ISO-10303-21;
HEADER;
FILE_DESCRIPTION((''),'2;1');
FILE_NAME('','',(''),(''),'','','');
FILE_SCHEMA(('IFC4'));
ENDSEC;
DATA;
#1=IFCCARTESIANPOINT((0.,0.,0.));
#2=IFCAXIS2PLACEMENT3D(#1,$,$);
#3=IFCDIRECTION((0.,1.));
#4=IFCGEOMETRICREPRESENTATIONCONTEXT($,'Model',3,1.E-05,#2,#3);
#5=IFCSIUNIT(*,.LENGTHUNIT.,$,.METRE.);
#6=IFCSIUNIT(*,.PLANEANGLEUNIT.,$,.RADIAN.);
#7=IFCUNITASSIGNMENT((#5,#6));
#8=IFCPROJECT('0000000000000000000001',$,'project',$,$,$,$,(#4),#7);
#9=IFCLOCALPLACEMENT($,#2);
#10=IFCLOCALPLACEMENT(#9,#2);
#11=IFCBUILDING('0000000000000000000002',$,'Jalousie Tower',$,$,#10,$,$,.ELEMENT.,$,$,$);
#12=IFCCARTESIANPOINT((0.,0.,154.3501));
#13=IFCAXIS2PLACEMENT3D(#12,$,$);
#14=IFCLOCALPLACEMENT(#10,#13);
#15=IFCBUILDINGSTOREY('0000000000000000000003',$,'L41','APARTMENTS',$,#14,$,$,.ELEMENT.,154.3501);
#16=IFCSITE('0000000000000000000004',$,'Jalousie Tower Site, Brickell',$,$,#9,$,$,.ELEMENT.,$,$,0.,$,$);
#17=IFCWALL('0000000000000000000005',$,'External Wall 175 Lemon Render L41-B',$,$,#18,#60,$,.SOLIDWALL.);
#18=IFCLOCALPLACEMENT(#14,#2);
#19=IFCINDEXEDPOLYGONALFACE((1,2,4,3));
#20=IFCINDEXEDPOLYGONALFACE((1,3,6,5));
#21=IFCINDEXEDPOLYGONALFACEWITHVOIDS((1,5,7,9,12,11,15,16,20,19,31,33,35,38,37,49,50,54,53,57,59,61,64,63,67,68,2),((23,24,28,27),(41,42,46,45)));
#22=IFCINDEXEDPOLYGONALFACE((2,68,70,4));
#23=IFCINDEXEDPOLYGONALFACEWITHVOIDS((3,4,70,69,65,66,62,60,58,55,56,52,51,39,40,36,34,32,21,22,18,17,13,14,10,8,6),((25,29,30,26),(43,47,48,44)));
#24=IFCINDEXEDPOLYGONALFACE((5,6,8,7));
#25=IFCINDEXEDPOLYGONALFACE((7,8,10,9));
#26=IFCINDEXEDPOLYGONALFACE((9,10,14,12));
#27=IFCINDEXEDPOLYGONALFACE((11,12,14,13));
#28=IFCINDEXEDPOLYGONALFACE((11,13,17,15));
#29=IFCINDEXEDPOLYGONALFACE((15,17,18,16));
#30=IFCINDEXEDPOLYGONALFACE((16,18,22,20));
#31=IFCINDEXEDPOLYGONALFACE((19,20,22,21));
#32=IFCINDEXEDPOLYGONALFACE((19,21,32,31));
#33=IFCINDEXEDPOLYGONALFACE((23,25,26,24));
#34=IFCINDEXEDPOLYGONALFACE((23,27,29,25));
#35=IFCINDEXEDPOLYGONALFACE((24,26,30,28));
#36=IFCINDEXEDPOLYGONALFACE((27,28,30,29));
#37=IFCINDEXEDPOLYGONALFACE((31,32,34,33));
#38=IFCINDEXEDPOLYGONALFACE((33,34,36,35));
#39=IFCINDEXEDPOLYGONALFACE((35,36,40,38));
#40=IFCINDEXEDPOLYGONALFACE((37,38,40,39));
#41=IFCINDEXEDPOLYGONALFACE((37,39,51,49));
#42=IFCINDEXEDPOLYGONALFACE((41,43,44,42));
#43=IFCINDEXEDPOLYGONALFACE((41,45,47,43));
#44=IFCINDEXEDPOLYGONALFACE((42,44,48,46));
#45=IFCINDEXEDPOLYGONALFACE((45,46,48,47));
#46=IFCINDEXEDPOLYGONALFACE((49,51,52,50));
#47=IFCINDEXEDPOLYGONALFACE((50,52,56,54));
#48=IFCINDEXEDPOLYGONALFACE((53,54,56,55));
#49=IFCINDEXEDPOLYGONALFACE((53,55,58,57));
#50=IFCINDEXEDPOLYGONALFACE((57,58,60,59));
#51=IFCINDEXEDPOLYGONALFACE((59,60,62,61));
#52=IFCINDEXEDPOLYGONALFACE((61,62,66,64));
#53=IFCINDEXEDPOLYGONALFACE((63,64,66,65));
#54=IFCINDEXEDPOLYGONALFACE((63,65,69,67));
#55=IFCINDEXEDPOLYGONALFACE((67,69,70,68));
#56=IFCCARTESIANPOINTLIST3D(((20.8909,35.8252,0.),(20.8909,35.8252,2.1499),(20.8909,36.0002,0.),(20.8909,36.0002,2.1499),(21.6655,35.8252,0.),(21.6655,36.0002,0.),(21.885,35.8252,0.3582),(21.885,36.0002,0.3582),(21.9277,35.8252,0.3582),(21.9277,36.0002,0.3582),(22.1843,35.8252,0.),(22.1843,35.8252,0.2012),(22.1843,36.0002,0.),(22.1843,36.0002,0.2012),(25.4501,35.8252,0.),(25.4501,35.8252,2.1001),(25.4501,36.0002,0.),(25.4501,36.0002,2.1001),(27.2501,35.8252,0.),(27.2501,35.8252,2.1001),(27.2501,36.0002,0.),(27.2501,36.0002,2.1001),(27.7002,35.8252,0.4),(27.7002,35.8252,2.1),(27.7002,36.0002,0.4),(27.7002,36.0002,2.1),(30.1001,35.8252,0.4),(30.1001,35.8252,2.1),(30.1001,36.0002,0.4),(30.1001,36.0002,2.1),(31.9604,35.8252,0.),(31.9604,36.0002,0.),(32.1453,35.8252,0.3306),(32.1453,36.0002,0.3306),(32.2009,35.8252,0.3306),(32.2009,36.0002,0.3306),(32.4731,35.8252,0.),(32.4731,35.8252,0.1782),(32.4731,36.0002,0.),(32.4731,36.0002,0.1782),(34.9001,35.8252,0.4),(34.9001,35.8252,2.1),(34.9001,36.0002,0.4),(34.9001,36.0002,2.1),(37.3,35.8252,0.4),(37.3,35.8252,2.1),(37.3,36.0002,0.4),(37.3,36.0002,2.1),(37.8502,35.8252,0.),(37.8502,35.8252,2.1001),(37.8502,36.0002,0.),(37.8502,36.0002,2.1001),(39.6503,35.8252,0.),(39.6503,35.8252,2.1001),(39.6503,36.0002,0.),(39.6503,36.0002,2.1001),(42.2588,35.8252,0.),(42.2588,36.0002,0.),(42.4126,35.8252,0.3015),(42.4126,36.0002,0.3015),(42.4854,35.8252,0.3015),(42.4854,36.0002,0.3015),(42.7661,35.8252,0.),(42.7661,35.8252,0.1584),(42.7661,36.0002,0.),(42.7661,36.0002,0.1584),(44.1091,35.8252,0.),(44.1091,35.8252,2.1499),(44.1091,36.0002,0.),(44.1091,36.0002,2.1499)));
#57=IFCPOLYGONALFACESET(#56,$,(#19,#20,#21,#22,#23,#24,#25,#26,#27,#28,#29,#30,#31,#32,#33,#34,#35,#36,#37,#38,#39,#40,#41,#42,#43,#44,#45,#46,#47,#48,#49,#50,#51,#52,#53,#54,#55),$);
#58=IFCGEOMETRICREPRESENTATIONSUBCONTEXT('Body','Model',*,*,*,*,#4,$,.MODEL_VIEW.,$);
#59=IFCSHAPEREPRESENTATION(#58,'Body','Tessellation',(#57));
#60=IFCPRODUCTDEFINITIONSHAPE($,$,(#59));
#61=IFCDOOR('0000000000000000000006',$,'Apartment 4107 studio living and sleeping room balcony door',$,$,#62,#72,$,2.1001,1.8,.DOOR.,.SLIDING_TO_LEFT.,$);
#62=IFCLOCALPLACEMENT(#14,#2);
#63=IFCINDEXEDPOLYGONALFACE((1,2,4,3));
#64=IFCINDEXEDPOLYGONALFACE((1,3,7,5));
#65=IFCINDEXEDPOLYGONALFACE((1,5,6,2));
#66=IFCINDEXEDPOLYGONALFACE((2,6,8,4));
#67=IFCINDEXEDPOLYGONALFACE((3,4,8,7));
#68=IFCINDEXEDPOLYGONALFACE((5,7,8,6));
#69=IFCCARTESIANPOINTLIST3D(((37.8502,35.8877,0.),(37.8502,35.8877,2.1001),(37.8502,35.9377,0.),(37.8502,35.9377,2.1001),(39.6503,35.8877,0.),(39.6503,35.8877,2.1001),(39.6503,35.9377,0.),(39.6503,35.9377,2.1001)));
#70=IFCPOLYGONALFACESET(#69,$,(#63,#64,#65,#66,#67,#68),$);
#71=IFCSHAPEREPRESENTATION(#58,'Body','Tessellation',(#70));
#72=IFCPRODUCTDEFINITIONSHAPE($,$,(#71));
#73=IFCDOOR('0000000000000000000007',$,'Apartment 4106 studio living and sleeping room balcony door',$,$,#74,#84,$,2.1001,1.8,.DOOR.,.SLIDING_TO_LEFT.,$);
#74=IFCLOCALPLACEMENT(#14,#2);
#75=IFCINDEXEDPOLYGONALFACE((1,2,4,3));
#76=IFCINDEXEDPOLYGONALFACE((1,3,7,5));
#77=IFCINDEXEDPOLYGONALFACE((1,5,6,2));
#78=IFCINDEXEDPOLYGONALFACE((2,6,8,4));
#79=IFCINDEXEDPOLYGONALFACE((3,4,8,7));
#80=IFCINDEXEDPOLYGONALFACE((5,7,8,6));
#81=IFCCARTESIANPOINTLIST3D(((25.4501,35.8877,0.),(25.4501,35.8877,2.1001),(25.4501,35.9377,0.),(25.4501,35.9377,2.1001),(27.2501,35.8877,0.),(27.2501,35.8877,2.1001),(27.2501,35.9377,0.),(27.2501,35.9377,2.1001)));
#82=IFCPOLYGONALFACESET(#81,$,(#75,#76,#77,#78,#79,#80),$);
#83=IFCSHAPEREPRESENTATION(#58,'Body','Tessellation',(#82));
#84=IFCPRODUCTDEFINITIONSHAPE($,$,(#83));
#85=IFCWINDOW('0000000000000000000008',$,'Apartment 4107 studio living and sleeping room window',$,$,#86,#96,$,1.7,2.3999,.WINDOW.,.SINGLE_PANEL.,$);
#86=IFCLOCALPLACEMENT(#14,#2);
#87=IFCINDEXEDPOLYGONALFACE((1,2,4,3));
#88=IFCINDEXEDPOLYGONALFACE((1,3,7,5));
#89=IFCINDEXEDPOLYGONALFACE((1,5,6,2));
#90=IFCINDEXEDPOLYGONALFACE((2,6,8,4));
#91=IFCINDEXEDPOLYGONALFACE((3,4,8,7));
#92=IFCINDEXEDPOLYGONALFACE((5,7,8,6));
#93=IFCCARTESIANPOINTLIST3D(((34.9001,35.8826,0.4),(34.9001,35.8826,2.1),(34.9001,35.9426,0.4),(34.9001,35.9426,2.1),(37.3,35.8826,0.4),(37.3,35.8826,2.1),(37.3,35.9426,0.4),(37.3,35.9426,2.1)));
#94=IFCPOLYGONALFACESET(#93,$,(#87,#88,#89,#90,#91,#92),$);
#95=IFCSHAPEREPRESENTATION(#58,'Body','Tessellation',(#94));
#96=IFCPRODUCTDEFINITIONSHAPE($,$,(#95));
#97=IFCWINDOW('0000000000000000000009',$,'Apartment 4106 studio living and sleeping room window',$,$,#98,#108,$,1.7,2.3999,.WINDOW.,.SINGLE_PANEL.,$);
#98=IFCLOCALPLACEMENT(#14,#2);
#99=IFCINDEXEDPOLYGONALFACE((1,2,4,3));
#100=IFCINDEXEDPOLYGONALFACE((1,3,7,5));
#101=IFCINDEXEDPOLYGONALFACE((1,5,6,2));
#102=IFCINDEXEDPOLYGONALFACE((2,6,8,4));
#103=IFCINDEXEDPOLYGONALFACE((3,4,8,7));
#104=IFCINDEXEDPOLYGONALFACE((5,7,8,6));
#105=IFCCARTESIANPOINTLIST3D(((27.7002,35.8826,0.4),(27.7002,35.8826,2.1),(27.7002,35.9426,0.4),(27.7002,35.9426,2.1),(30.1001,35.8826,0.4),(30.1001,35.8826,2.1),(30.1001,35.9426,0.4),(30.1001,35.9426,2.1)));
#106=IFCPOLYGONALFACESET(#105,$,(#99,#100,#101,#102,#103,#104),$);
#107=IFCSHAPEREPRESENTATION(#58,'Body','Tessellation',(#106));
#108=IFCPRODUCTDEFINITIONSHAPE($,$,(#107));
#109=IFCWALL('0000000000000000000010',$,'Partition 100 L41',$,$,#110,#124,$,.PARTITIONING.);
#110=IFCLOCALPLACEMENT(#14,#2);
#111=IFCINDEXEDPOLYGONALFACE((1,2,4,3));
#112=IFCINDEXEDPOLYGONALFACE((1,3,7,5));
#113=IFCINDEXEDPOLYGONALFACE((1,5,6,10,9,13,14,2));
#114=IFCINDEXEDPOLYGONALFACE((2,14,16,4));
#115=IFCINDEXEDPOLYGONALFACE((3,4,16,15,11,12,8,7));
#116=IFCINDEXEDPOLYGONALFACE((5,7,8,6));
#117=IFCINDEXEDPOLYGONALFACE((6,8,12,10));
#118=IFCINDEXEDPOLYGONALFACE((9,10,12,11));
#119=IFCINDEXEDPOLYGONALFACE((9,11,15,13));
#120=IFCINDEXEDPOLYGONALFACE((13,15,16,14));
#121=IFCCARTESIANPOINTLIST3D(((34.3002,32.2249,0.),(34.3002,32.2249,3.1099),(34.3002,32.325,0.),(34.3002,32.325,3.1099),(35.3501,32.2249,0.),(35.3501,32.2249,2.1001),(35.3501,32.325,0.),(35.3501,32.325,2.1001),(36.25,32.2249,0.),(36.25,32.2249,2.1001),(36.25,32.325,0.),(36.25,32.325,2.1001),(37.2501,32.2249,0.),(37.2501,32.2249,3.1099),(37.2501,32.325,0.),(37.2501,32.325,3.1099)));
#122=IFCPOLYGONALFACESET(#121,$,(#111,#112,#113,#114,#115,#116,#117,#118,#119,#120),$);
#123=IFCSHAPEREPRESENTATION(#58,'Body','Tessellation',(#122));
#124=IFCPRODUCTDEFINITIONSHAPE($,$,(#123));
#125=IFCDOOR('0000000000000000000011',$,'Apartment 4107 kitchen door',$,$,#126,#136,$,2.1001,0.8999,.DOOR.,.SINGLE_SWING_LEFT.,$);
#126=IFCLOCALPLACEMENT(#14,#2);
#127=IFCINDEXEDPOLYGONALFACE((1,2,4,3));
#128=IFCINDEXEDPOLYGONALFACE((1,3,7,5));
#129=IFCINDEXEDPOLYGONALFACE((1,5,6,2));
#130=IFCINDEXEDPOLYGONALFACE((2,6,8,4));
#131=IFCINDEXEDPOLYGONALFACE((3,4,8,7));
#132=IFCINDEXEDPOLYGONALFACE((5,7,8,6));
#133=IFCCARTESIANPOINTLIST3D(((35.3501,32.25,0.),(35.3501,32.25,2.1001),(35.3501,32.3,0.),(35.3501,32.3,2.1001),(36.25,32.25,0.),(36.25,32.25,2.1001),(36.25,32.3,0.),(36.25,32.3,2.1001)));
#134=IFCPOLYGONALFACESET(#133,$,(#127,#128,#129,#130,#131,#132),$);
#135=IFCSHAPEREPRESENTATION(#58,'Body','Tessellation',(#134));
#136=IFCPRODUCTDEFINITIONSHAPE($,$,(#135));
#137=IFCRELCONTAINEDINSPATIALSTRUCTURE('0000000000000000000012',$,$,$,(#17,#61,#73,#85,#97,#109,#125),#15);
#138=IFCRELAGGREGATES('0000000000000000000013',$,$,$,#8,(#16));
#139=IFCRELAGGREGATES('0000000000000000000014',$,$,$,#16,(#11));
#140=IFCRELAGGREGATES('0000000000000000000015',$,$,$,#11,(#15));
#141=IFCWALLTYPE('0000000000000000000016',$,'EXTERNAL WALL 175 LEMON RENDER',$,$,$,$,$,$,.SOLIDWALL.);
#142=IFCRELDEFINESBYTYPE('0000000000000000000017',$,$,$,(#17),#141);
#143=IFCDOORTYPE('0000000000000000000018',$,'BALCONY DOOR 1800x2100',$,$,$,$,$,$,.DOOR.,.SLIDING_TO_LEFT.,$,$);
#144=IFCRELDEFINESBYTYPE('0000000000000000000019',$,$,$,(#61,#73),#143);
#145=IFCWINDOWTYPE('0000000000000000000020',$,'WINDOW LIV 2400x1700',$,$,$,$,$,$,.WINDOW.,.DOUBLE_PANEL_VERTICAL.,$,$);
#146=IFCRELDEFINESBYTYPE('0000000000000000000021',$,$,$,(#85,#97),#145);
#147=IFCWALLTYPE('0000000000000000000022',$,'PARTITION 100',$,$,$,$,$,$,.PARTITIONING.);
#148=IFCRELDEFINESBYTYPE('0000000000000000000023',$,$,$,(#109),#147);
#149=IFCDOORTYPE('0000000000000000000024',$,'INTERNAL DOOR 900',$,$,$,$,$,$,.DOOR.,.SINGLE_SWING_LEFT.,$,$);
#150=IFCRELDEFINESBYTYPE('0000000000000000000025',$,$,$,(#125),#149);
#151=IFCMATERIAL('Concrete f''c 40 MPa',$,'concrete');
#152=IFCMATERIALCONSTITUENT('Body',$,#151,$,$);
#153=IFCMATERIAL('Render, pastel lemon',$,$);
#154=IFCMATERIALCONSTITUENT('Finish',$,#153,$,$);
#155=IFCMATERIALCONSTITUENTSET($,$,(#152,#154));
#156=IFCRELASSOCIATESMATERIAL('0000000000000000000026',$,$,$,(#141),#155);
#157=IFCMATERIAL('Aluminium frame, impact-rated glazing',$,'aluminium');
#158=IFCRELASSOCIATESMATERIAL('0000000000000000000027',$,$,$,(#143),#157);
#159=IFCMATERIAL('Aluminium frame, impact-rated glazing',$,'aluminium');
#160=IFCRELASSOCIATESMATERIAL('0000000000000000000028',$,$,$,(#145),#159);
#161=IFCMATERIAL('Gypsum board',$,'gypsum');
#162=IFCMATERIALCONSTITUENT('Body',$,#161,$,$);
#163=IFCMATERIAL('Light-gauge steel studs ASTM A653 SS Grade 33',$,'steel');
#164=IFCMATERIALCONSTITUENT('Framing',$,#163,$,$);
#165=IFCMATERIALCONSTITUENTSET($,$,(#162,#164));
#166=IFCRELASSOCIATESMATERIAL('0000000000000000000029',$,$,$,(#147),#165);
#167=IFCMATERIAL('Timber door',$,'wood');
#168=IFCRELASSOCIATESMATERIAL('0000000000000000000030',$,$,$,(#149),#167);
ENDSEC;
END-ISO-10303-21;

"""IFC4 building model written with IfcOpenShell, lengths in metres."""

from ifc_helpers import new_model, si_unit, direction, frame, frame_2d, origin, place, context, subcontext, project, spatial, polyline, rectangle, outline, extrude, material, constituent, constituent_set, type_object, element, fill, save


model = new_model("IFC4")

# Units and contexts
model_context = context("Model", 3, precision=1e-05, world=origin(), true_north=direction((0.0, 1.0)))
body_context = subcontext(model_context, "Body", "Model", "MODEL_VIEW")
ifc_project = project(units=[si_unit("LENGTHUNIT", "METRE"), si_unit("PLANEANGLEUNIT", "RADIAN")], contexts=[model_context])

# Site, building, storey
site_placement = place(None, origin())
site = spatial("IfcSite", under=ifc_project, at=site_placement, Name="Jalousie Tower Site, Brickell", CompositionType="ELEMENT", RefElevation=0.0)
building_placement = place(site_placement, origin())
building = spatial("IfcBuilding", under=site, at=building_placement, Name="Jalousie Tower", CompositionType="ELEMENT")
storey_placement = place(building_placement, frame((0.0, 0.0, 154.3501)))
storey = spatial("IfcBuildingStorey", under=building, at=storey_placement, Name="L41", Description="APARTMENTS", CompositionType="ELEMENT", Elevation=154.3501)

# Wall, openings, doors, windows
ifc_material_1 = material(Name="Concrete f'c 40 MPa", Category="concrete")
ifc_constituent_1 = constituent(ifc_material_1, Name="Body")
ifc_material_2 = material(Name="Render, pastel lemon")
ifc_constituent_2 = constituent(ifc_material_2, Name="Finish")
ifc_constituent_set_1 = constituent_set(constituents=[ifc_constituent_1, ifc_constituent_2])
wall_type_1 = type_object("IfcWallType", Name="EXTERNAL WALL 175 LEMON RENDER", PredefinedType="SOLIDWALL", material=ifc_constituent_set_1)
wall_1_placement = place(storey_placement, frame((44.1091, 35.9126, 0.0), z_axis=(0.0, 0.0, 1.0), x_axis=(-1.0, 0.0, 0.0)))
wall_1 = element("IfcWall", 1, at=wall_1_placement, inside=storey, type_object=wall_type_1, Name="External Wall 175 Lemon Render L41-B", PredefinedType="SOLIDWALL", context=body_context, shape_type="SweptSolid", body=[
    extrude(outline(polyline([(23.2183, 2.1499), (0.0, 2.1499), (0.0, 0.0), (1.343, 0.0), (1.343, 0.1584), (1.6238, 0.3015), (1.6965, 0.3015), (1.8503, 0.0), (11.636, 0.0), (11.636, 0.1782), (11.9082, 0.3306), (11.9639, 0.3306), (12.1487, 0.0), (21.9248, 0.0), (21.9248, 0.2012), (22.1814, 0.3582), (22.2241, 0.3582), (22.4436, 0.0), (23.2183, 0.0), (23.2183, 2.1499)])), frame((0.0, 0.0874, 0.0), z_axis=(0.0, -1.0, 0.0), x_axis=(1.0, 0.0, 0.0)), (0.0, 0.0, 1.0), 0.175),
])
opening_1_placement = place(wall_1_placement, frame((4.459, 0.0, 0.0)))
opening_1 = element("IfcOpeningElement", 2, at=opening_1_placement, cuts=wall_1, PredefinedType="OPENING", context=body_context, shape_type="SweptSolid", body=[
    extrude(rectangle(XDim=1.8, YDim=2.1001, at=frame_2d((0.8999, 1.05))), frame((0.0, 0.0974, 0.0), z_axis=(0.0, -1.0, 0.0), x_axis=(1.0, 0.0, 0.0)), (0.0, 0.0, 1.0), 0.1951),
])
opening_2_placement = place(wall_1_placement, frame((6.8091, 0.0, 0.3999)))
opening_2 = element("IfcOpeningElement", 3, at=opening_2_placement, cuts=wall_1, PredefinedType="OPENING", context=body_context, shape_type="SweptSolid", body=[
    extrude(rectangle(XDim=2.3999, YDim=1.7, at=frame_2d((1.2, 0.8501))), frame((0.0, 0.0974, 0.0), z_axis=(0.0, -1.0, 0.0), x_axis=(1.0, 0.0, 0.0)), (0.0, 0.0, 1.0), 0.1951),
])
opening_3_placement = place(wall_1_placement, frame((16.8591, 0.0, 0.0)))
opening_3 = element("IfcOpeningElement", 4, at=opening_3_placement, cuts=wall_1, PredefinedType="OPENING", context=body_context, shape_type="SweptSolid", body=[
    extrude(rectangle(XDim=1.8, YDim=2.1001, at=frame_2d((0.8999, 1.05))), frame((0.0, 0.0974, 0.0), z_axis=(0.0, -1.0, 0.0), x_axis=(1.0, 0.0, 0.0)), (0.0, 0.0, 1.0), 0.1951),
])
opening_4_placement = place(wall_1_placement, frame((14.009, 0.0, 0.3999)))
opening_4 = element("IfcOpeningElement", 5, at=opening_4_placement, cuts=wall_1, PredefinedType="OPENING", context=body_context, shape_type="SweptSolid", body=[
    extrude(rectangle(XDim=2.3999, YDim=1.7, at=frame_2d((1.2, 0.8501))), frame((0.0, 0.0974, 0.0), z_axis=(0.0, -1.0, 0.0), x_axis=(1.0, 0.0, 0.0)), (0.0, 0.0, 1.0), 0.1951),
])
ifc_material_3 = material(Name="Aluminium frame, impact-rated glazing", Category="aluminium")
door_type_1 = type_object("IfcDoorType", Name="BALCONY DOOR 1800x2100", OperationType="SLIDING_TO_LEFT", PredefinedType="DOOR", material=ifc_material_3)
door_1_placement = place(opening_1_placement, origin())
door_1 = element("IfcDoor", 6, at=door_1_placement, inside=storey, type_object=door_type_1, Name="Apartment 4107 studio living and sleeping room balcony door", OperationType="SLIDING_TO_LEFT", OverallHeight=2.1001, OverallWidth=1.8, PredefinedType="DOOR", context=body_context, shape_type="SweptSolid", body=[
    extrude(rectangle(XDim=1.8, YDim=2.1001, at=frame_2d((0.8999, 1.05))), frame((0.0, 0.0249, 0.0), z_axis=(0.0, -1.0, 0.0), x_axis=(1.0, 0.0, 0.0)), (0.0, 0.0, 1.0), 0.05),
])
fill(opening_1, door_1)
door_2_placement = place(opening_3_placement, origin())
door_2 = element("IfcDoor", 7, at=door_2_placement, inside=storey, type_object=door_type_1, Name="Apartment 4106 studio living and sleeping room balcony door", OperationType="SLIDING_TO_LEFT", OverallHeight=2.1001, OverallWidth=1.8, PredefinedType="DOOR", context=body_context, shape_type="SweptSolid", body=[
    extrude(rectangle(XDim=1.8, YDim=2.1001, at=frame_2d((0.8999, 1.05))), frame((0.0, 0.0249, 0.0), z_axis=(0.0, -1.0, 0.0), x_axis=(1.0, 0.0, 0.0)), (0.0, 0.0, 1.0), 0.05),
])
fill(opening_3, door_2)
ifc_material_4 = material(Name="Aluminium frame, impact-rated glazing", Category="aluminium")
window_type = type_object("IfcWindowType", Name="WINDOW LIV 2400x1700", PartitioningType="DOUBLE_PANEL_VERTICAL", PredefinedType="WINDOW", material=ifc_material_4)
window_1_placement = place(opening_2_placement, origin())
window_1 = element("IfcWindow", 8, at=window_1_placement, inside=storey, type_object=window_type, Name="Apartment 4107 studio living and sleeping room window", OverallHeight=1.7, OverallWidth=2.3999, PartitioningType="SINGLE_PANEL", PredefinedType="WINDOW", context=body_context, shape_type="SweptSolid", body=[
    extrude(rectangle(XDim=2.3999, YDim=1.7, at=frame_2d((1.2, 0.8501))), frame((0.0, 0.03, 0.0), z_axis=(0.0, -1.0, 0.0), x_axis=(1.0, 0.0, 0.0)), (0.0, 0.0, 1.0), 0.0601),
])
fill(opening_2, window_1)
window_2_placement = place(opening_4_placement, origin())
window_2 = element("IfcWindow", 9, at=window_2_placement, inside=storey, type_object=window_type, Name="Apartment 4106 studio living and sleeping room window", OverallHeight=1.7, OverallWidth=2.3999, PartitioningType="SINGLE_PANEL", PredefinedType="WINDOW", context=body_context, shape_type="SweptSolid", body=[
    extrude(rectangle(XDim=2.3999, YDim=1.7, at=frame_2d((1.2, 0.8501))), frame((0.0, 0.03, 0.0), z_axis=(0.0, -1.0, 0.0), x_axis=(1.0, 0.0, 0.0)), (0.0, 0.0, 1.0), 0.0601),
])
fill(opening_4, window_2)

# Wall, opening, door
ifc_material_5 = material(Name="Gypsum board", Category="gypsum")
ifc_constituent_3 = constituent(ifc_material_5, Name="Body")
ifc_material_6 = material(Name="Light-gauge steel studs ASTM A653 SS Grade 33", Category="steel")
ifc_constituent_4 = constituent(ifc_material_6, Name="Framing")
ifc_constituent_set_2 = constituent_set(constituents=[ifc_constituent_3, ifc_constituent_4])
wall_type_2 = type_object("IfcWallType", Name="PARTITION 100", PredefinedType="PARTITIONING", material=ifc_constituent_set_2)
wall_2_placement = place(storey_placement, frame((34.3, 32.2749, 0.0), z_axis=(0.0, 0.0, 1.0), x_axis=(1.0, 0.0, 0.0)))
wall_2 = element("IfcWall", 10, at=wall_2_placement, inside=storey, type_object=wall_type_2, Name="Partition 100 L41", PredefinedType="PARTITIONING", context=body_context, shape_type="SweptSolid", body=[
    extrude(rectangle(XDim=2.95, YDim=0.1001, at=frame_2d((1.4751, 0.0))), origin(), (0.0, 0.0, 1.0), 3.1099),
])
opening_5_placement = place(wall_2_placement, frame((1.05, 0.0, 0.0)))
opening_5 = element("IfcOpeningElement", 11, at=opening_5_placement, cuts=wall_2, PredefinedType="OPENING", context=body_context, shape_type="SweptSolid", body=[
    extrude(rectangle(XDim=0.8999, YDim=2.1001, at=frame_2d((0.45, 1.05))), frame((0.0, 0.0601, 0.0), z_axis=(0.0, -1.0, 0.0), x_axis=(1.0, 0.0, 0.0)), (0.0, 0.0, 1.0), 0.1201),
])
ifc_material_7 = material(Name="Timber door", Category="wood")
door_type_2 = type_object("IfcDoorType", Name="INTERNAL DOOR 900", OperationType="SINGLE_SWING_LEFT", PredefinedType="DOOR", material=ifc_material_7)
door_3_placement = place(opening_5_placement, frame((0.8999, 0.0, 0.0), z_axis=(0.0, 0.0, 1.0), x_axis=(-1.0, 0.0, 0.0)))
door_3 = element("IfcDoor", 12, at=door_3_placement, inside=storey, type_object=door_type_2, Name="Apartment 4107 kitchen door", OperationType="SINGLE_SWING_LEFT", OverallHeight=2.1001, OverallWidth=0.8999, PredefinedType="DOOR", context=body_context, shape_type="SweptSolid", body=[
    extrude(rectangle(XDim=0.8999, YDim=2.1001, at=frame_2d((0.45, 1.05))), frame((0.0, 0.0249, 0.0), z_axis=(0.0, -1.0, 0.0), x_axis=(1.0, 0.0, 0.0)), (0.0, 0.0, 1.0), 0.05),
])
fill(opening_5, door_3)

save(model, "model.ifc")
